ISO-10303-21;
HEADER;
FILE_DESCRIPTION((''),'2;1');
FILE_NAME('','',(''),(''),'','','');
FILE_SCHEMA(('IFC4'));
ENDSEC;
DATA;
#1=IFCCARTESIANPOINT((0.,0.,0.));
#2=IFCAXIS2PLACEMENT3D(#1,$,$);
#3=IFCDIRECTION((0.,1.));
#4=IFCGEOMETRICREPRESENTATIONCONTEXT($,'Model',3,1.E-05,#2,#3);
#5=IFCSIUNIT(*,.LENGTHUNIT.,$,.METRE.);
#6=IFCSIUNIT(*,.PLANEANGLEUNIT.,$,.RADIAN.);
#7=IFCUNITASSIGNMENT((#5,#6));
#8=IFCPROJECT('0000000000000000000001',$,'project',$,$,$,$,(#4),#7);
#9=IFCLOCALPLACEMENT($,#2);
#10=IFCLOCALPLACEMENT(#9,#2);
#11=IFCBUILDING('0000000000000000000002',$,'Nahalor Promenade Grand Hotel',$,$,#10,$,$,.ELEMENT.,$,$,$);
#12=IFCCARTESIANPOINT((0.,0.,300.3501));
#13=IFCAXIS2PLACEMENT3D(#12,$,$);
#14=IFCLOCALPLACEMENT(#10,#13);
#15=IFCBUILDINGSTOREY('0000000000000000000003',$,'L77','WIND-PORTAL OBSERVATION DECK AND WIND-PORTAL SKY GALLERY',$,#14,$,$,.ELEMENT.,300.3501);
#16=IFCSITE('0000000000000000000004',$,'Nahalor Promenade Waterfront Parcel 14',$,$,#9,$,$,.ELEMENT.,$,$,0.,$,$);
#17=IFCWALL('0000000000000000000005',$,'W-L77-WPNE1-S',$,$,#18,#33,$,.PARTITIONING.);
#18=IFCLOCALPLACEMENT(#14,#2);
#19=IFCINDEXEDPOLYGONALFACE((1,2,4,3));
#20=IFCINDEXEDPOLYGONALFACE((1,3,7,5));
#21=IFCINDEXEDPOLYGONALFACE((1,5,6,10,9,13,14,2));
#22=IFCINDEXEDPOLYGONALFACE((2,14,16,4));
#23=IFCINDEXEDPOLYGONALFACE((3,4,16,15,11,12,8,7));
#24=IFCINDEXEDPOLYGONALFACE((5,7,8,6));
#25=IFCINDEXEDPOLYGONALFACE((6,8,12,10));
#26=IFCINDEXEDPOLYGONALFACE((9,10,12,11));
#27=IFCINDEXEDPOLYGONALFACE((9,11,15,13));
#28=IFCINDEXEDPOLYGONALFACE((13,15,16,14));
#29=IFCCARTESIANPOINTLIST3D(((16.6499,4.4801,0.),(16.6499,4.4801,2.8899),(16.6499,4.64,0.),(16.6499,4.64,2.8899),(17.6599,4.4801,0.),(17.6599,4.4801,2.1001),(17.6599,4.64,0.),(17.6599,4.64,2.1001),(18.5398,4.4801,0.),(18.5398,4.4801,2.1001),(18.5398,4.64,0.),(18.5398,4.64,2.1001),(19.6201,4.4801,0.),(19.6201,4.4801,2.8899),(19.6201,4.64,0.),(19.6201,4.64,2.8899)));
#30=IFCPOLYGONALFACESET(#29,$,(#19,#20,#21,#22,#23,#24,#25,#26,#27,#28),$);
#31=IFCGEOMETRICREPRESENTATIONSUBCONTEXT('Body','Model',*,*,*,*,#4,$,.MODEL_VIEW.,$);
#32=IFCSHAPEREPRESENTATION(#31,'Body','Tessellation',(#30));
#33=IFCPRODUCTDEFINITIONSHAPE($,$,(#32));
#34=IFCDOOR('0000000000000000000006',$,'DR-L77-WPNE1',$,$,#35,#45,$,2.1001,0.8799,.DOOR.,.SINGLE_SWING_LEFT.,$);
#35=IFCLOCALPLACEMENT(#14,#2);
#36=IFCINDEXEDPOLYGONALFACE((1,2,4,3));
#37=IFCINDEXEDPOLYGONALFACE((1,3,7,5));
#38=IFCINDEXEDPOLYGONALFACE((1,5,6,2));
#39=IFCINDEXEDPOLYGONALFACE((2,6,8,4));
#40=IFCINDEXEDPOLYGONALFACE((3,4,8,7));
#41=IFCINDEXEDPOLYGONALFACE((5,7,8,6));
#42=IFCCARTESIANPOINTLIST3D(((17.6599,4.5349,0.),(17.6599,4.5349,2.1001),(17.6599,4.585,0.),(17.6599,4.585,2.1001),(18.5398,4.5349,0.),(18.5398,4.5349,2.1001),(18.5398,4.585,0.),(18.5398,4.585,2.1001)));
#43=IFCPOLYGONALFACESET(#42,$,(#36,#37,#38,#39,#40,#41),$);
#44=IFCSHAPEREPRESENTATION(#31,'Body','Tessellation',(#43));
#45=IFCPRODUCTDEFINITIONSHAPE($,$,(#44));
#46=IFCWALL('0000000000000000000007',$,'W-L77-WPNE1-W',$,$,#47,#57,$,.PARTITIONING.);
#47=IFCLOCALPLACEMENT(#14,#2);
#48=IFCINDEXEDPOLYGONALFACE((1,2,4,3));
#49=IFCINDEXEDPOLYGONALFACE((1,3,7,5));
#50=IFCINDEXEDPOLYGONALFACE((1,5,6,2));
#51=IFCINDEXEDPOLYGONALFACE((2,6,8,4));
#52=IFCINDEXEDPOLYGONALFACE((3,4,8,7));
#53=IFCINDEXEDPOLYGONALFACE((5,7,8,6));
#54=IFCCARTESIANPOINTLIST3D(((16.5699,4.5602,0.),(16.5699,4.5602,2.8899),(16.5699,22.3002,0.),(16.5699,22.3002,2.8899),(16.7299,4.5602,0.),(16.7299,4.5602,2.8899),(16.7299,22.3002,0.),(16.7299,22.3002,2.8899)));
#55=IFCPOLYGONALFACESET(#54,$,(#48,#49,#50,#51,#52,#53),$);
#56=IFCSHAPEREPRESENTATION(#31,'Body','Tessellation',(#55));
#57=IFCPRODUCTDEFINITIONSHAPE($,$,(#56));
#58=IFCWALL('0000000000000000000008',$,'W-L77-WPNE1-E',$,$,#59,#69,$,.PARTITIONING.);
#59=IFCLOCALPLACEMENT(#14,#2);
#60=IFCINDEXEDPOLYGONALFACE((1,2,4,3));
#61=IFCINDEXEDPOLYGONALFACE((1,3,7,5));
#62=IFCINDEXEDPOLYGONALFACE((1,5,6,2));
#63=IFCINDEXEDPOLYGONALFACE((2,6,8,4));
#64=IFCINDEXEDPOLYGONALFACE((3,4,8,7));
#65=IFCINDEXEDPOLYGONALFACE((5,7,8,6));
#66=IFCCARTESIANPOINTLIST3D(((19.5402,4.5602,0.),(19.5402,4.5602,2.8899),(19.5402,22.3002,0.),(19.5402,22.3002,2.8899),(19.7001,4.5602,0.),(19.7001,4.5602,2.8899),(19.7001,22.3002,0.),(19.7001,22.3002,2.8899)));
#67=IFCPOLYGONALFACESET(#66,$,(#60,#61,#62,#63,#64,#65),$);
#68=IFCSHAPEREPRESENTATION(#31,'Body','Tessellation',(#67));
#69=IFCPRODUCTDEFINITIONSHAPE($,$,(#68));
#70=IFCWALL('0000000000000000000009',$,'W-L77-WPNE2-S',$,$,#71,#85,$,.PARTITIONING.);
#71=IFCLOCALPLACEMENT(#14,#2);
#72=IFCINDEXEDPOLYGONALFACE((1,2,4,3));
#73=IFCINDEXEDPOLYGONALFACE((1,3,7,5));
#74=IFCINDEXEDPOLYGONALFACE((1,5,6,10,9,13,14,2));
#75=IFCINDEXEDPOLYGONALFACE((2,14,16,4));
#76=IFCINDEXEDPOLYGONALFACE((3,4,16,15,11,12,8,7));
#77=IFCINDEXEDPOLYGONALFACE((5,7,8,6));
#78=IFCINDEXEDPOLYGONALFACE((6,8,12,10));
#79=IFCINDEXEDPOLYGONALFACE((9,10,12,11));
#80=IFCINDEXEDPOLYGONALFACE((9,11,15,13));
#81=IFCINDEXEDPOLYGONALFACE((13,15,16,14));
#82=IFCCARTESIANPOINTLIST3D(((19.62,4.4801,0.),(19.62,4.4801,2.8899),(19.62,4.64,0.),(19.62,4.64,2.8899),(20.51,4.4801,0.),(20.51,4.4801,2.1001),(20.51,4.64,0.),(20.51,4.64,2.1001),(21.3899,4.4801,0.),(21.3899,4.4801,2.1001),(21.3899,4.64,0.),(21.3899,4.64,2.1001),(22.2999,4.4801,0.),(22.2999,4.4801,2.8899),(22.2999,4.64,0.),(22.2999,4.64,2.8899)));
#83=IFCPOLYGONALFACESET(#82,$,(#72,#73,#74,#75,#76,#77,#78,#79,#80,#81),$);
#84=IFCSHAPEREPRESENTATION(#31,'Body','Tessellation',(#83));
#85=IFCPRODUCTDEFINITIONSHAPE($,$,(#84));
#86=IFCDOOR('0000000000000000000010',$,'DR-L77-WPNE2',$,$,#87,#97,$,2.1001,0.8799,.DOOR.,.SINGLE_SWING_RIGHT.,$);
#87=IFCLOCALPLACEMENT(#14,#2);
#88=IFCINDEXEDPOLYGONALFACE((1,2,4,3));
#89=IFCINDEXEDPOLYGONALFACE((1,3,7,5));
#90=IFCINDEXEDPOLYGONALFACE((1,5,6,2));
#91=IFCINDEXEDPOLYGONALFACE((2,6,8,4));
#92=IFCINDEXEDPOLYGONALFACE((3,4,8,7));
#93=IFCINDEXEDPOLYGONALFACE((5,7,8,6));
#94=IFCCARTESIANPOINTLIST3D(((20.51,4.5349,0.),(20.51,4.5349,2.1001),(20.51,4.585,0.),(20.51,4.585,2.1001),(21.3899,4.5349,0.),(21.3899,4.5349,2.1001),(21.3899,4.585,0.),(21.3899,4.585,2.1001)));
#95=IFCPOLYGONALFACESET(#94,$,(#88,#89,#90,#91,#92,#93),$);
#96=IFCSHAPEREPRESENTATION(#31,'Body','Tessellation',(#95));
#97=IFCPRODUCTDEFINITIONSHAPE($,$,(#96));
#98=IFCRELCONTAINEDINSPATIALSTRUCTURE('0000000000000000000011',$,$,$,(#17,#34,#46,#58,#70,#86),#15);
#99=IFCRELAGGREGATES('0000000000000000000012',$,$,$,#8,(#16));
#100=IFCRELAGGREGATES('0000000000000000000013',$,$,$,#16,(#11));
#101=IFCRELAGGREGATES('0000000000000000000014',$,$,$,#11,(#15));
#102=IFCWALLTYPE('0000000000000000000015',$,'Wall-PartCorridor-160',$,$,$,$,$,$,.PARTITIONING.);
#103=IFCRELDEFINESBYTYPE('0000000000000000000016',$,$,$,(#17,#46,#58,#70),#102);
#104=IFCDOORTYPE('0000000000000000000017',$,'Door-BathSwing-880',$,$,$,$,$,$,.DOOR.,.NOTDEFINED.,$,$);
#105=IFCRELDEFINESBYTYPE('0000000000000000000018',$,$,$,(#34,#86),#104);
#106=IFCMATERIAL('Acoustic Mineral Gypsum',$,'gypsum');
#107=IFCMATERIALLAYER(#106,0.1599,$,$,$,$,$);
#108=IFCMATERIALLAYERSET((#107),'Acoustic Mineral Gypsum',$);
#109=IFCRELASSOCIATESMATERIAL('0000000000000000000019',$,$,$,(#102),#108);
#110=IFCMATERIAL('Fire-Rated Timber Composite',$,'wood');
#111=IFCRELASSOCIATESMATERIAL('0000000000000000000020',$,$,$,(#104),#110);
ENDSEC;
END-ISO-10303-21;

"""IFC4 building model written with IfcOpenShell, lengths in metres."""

from ifc_helpers import new_model, si_unit, direction, frame, frame_2d, origin, place, context, subcontext, project, spatial, rectangle, extrude, source, transform, mapped, material, layer, layer_set, type_object, element, fill, save


model = new_model("IFC4")

# Units and contexts
model_context = context("Model", 3, precision=1e-05, world=origin(), true_north=direction((0.0, 1.0)))
body_context = subcontext(model_context, "Body", "Model", "MODEL_VIEW")
ifc_project = project(units=[si_unit("LENGTHUNIT", "METRE"), si_unit("PLANEANGLEUNIT", "RADIAN")], contexts=[model_context])

# Site, building, storey
site_placement = place(None, origin())
site = spatial("IfcSite", under=ifc_project, at=site_placement, Name="Nahalor Promenade Waterfront Parcel 14", CompositionType="ELEMENT", RefElevation=0.0)
building_placement = place(site_placement, origin())
building = spatial("IfcBuilding", under=site, at=building_placement, Name="Nahalor Promenade Grand Hotel", CompositionType="ELEMENT")
storey_placement = place(building_placement, frame((0.0, 0.0, 300.3501)))
storey = spatial("IfcBuildingStorey", under=building, at=storey_placement, Name="L77", Description="WIND-PORTAL OBSERVATION DECK AND WIND-PORTAL SKY GALLERY", CompositionType="ELEMENT", Elevation=300.3501)

# Shared definitions
ifc_material_1 = material(Name="Acoustic Mineral Gypsum", Category="gypsum")
ifc_layer_1 = layer(ifc_material_1, 0.1599)
ifc_layer_set_1 = layer_set([ifc_layer_1], Name="Acoustic Mineral Gypsum")
wall_type_1 = type_object("IfcWallType", Name="Wall-PartCorridor-160", PredefinedType="PARTITIONING", material=ifc_layer_set_1)

# Shared definitions
ifc_material_2 = material(Name="Fire-Rated Timber Composite", Category="wood")
door_type = type_object("IfcDoorType", Name="Door-BathSwing-880", OperationType="NOTDEFINED", PredefinedType="DOOR", material=ifc_material_2)
shared_shape_1 = source(origin(), body_context, "Body", "SweptSolid", [
    extrude(rectangle(XDim=0.8799, YDim=2.1001, at=frame_2d((0.4399, 1.05))), frame((0.0, 0.0249, 0.0), z_axis=(0.0, -1.0, 0.0), x_axis=(1.0, 0.0, 0.0)), (0.0, 0.0, 1.0), 0.05),
])

# Wall, opening, door
shared_shape_2 = source(origin(), body_context, "Body", "SweptSolid", [
    extrude(rectangle(XDim=2.9702, YDim=0.1599, at=frame_2d((1.4851, 0.0))), origin(), (0.0, 0.0, 1.0), 2.8899),
])
wall_1_placement = place(storey_placement, frame((16.6499, 4.5601, 0.0), z_axis=(0.0, 0.0, 1.0), x_axis=(1.0, 0.0, 0.0)))
wall_1 = element("IfcWall", 1, at=wall_1_placement, inside=storey, type_object=wall_type_1, Name="W-L77-WPNE1-S", PredefinedType="PARTITIONING", context=body_context, shape_type="MappedRepresentation", body=[
    mapped(shared_shape_2, transform((0.0, 0.0, 0.0), scale=1.0)),
])
opening_1_placement = place(wall_1_placement, frame((1.01, 0.0, 0.0)))
opening_1 = element("IfcOpeningElement", 2, at=opening_1_placement, cuts=wall_1, PredefinedType="OPENING", context=body_context, shape_type="SweptSolid", body=[
    extrude(rectangle(XDim=0.8799, YDim=2.1001, at=frame_2d((0.4399, 1.05))), frame((0.0, 0.0898, 0.0), z_axis=(0.0, -1.0, 0.0), x_axis=(1.0, 0.0, 0.0)), (0.0, 0.0, 1.0), 0.1799),
])
door_1_placement = place(opening_1_placement, origin())
door_1 = element("IfcDoor", 3, at=door_1_placement, inside=storey, type_object=door_type, Name="DR-L77-WPNE1", OperationType="SINGLE_SWING_LEFT", OverallHeight=2.1001, OverallWidth=0.8799, PredefinedType="DOOR", context=body_context, shape_type="MappedRepresentation", body=[
    mapped(shared_shape_1, transform((0.0, 0.0, 0.0), scale=1.0)),
])
fill(opening_1, door_1)

# Walls
shared_shape_3 = source(origin(), body_context, "Body", "SweptSolid", [
    extrude(rectangle(XDim=17.74, YDim=0.1599, at=frame_2d((8.8701, 0.0))), origin(), (0.0, 0.0, 1.0), 2.8899),
])
for number, where, z_axis, x_axis, name in (
    (4, (16.6499, 4.5601, 0.0), (0.0, 0.0, 1.0), (0.0, 1.0, 0.0), "W-L77-WPNE1-W"),
    (5, (19.6201, 4.5601, 0.0), (0.0, 0.0, 1.0), (0.0, 1.0, 0.0), "W-L77-WPNE1-E"),
):
    element("IfcWall", number, at=place(storey_placement, frame(where, z_axis=z_axis, x_axis=x_axis)), inside=storey, type_object=wall_type_1, Name=name, PredefinedType="PARTITIONING", context=body_context, shape_type="MappedRepresentation", body=[
        mapped(shared_shape_3, transform((0.0, 0.0, 0.0), scale=1.0)),
    ])

# Wall, opening, door
shared_shape_4 = source(origin(), body_context, "Body", "SweptSolid", [
    extrude(rectangle(XDim=2.6799, YDim=0.1599, at=frame_2d((1.3398, 0.0))), origin(), (0.0, 0.0, 1.0), 2.8899),
])
wall_2_placement = place(storey_placement, frame((19.6201, 4.5601, 0.0), z_axis=(0.0, 0.0, 1.0), x_axis=(1.0, 0.0, 0.0)))
wall_2 = element("IfcWall", 6, at=wall_2_placement, inside=storey, type_object=wall_type_1, Name="W-L77-WPNE2-S", PredefinedType="PARTITIONING", context=body_context, shape_type="MappedRepresentation", body=[
    mapped(shared_shape_4, transform((0.0, 0.0, 0.0), scale=1.0)),
])
opening_2_placement = place(wall_2_placement, frame((0.8899, 0.0, 0.0)))
opening_2 = element("IfcOpeningElement", 7, at=opening_2_placement, cuts=wall_2, PredefinedType="OPENING", context=body_context, shape_type="SweptSolid", body=[
    extrude(rectangle(XDim=0.8799, YDim=2.1001, at=frame_2d((0.4399, 1.05))), frame((0.0, 0.0898, 0.0), z_axis=(0.0, -1.0, 0.0), x_axis=(1.0, 0.0, 0.0)), (0.0, 0.0, 1.0), 0.1799),
])
door_2_placement = place(opening_2_placement, origin())
door_2 = element("IfcDoor", 8, at=door_2_placement, inside=storey, type_object=door_type, Name="DR-L77-WPNE2", OperationType="SINGLE_SWING_RIGHT", OverallHeight=2.1001, OverallWidth=0.8799, PredefinedType="DOOR", context=body_context, shape_type="MappedRepresentation", body=[
    mapped(shared_shape_1, transform((0.0, 0.0, 0.0), scale=1.0)),
])
fill(opening_2, door_2)

save(model, "model.ifc")
